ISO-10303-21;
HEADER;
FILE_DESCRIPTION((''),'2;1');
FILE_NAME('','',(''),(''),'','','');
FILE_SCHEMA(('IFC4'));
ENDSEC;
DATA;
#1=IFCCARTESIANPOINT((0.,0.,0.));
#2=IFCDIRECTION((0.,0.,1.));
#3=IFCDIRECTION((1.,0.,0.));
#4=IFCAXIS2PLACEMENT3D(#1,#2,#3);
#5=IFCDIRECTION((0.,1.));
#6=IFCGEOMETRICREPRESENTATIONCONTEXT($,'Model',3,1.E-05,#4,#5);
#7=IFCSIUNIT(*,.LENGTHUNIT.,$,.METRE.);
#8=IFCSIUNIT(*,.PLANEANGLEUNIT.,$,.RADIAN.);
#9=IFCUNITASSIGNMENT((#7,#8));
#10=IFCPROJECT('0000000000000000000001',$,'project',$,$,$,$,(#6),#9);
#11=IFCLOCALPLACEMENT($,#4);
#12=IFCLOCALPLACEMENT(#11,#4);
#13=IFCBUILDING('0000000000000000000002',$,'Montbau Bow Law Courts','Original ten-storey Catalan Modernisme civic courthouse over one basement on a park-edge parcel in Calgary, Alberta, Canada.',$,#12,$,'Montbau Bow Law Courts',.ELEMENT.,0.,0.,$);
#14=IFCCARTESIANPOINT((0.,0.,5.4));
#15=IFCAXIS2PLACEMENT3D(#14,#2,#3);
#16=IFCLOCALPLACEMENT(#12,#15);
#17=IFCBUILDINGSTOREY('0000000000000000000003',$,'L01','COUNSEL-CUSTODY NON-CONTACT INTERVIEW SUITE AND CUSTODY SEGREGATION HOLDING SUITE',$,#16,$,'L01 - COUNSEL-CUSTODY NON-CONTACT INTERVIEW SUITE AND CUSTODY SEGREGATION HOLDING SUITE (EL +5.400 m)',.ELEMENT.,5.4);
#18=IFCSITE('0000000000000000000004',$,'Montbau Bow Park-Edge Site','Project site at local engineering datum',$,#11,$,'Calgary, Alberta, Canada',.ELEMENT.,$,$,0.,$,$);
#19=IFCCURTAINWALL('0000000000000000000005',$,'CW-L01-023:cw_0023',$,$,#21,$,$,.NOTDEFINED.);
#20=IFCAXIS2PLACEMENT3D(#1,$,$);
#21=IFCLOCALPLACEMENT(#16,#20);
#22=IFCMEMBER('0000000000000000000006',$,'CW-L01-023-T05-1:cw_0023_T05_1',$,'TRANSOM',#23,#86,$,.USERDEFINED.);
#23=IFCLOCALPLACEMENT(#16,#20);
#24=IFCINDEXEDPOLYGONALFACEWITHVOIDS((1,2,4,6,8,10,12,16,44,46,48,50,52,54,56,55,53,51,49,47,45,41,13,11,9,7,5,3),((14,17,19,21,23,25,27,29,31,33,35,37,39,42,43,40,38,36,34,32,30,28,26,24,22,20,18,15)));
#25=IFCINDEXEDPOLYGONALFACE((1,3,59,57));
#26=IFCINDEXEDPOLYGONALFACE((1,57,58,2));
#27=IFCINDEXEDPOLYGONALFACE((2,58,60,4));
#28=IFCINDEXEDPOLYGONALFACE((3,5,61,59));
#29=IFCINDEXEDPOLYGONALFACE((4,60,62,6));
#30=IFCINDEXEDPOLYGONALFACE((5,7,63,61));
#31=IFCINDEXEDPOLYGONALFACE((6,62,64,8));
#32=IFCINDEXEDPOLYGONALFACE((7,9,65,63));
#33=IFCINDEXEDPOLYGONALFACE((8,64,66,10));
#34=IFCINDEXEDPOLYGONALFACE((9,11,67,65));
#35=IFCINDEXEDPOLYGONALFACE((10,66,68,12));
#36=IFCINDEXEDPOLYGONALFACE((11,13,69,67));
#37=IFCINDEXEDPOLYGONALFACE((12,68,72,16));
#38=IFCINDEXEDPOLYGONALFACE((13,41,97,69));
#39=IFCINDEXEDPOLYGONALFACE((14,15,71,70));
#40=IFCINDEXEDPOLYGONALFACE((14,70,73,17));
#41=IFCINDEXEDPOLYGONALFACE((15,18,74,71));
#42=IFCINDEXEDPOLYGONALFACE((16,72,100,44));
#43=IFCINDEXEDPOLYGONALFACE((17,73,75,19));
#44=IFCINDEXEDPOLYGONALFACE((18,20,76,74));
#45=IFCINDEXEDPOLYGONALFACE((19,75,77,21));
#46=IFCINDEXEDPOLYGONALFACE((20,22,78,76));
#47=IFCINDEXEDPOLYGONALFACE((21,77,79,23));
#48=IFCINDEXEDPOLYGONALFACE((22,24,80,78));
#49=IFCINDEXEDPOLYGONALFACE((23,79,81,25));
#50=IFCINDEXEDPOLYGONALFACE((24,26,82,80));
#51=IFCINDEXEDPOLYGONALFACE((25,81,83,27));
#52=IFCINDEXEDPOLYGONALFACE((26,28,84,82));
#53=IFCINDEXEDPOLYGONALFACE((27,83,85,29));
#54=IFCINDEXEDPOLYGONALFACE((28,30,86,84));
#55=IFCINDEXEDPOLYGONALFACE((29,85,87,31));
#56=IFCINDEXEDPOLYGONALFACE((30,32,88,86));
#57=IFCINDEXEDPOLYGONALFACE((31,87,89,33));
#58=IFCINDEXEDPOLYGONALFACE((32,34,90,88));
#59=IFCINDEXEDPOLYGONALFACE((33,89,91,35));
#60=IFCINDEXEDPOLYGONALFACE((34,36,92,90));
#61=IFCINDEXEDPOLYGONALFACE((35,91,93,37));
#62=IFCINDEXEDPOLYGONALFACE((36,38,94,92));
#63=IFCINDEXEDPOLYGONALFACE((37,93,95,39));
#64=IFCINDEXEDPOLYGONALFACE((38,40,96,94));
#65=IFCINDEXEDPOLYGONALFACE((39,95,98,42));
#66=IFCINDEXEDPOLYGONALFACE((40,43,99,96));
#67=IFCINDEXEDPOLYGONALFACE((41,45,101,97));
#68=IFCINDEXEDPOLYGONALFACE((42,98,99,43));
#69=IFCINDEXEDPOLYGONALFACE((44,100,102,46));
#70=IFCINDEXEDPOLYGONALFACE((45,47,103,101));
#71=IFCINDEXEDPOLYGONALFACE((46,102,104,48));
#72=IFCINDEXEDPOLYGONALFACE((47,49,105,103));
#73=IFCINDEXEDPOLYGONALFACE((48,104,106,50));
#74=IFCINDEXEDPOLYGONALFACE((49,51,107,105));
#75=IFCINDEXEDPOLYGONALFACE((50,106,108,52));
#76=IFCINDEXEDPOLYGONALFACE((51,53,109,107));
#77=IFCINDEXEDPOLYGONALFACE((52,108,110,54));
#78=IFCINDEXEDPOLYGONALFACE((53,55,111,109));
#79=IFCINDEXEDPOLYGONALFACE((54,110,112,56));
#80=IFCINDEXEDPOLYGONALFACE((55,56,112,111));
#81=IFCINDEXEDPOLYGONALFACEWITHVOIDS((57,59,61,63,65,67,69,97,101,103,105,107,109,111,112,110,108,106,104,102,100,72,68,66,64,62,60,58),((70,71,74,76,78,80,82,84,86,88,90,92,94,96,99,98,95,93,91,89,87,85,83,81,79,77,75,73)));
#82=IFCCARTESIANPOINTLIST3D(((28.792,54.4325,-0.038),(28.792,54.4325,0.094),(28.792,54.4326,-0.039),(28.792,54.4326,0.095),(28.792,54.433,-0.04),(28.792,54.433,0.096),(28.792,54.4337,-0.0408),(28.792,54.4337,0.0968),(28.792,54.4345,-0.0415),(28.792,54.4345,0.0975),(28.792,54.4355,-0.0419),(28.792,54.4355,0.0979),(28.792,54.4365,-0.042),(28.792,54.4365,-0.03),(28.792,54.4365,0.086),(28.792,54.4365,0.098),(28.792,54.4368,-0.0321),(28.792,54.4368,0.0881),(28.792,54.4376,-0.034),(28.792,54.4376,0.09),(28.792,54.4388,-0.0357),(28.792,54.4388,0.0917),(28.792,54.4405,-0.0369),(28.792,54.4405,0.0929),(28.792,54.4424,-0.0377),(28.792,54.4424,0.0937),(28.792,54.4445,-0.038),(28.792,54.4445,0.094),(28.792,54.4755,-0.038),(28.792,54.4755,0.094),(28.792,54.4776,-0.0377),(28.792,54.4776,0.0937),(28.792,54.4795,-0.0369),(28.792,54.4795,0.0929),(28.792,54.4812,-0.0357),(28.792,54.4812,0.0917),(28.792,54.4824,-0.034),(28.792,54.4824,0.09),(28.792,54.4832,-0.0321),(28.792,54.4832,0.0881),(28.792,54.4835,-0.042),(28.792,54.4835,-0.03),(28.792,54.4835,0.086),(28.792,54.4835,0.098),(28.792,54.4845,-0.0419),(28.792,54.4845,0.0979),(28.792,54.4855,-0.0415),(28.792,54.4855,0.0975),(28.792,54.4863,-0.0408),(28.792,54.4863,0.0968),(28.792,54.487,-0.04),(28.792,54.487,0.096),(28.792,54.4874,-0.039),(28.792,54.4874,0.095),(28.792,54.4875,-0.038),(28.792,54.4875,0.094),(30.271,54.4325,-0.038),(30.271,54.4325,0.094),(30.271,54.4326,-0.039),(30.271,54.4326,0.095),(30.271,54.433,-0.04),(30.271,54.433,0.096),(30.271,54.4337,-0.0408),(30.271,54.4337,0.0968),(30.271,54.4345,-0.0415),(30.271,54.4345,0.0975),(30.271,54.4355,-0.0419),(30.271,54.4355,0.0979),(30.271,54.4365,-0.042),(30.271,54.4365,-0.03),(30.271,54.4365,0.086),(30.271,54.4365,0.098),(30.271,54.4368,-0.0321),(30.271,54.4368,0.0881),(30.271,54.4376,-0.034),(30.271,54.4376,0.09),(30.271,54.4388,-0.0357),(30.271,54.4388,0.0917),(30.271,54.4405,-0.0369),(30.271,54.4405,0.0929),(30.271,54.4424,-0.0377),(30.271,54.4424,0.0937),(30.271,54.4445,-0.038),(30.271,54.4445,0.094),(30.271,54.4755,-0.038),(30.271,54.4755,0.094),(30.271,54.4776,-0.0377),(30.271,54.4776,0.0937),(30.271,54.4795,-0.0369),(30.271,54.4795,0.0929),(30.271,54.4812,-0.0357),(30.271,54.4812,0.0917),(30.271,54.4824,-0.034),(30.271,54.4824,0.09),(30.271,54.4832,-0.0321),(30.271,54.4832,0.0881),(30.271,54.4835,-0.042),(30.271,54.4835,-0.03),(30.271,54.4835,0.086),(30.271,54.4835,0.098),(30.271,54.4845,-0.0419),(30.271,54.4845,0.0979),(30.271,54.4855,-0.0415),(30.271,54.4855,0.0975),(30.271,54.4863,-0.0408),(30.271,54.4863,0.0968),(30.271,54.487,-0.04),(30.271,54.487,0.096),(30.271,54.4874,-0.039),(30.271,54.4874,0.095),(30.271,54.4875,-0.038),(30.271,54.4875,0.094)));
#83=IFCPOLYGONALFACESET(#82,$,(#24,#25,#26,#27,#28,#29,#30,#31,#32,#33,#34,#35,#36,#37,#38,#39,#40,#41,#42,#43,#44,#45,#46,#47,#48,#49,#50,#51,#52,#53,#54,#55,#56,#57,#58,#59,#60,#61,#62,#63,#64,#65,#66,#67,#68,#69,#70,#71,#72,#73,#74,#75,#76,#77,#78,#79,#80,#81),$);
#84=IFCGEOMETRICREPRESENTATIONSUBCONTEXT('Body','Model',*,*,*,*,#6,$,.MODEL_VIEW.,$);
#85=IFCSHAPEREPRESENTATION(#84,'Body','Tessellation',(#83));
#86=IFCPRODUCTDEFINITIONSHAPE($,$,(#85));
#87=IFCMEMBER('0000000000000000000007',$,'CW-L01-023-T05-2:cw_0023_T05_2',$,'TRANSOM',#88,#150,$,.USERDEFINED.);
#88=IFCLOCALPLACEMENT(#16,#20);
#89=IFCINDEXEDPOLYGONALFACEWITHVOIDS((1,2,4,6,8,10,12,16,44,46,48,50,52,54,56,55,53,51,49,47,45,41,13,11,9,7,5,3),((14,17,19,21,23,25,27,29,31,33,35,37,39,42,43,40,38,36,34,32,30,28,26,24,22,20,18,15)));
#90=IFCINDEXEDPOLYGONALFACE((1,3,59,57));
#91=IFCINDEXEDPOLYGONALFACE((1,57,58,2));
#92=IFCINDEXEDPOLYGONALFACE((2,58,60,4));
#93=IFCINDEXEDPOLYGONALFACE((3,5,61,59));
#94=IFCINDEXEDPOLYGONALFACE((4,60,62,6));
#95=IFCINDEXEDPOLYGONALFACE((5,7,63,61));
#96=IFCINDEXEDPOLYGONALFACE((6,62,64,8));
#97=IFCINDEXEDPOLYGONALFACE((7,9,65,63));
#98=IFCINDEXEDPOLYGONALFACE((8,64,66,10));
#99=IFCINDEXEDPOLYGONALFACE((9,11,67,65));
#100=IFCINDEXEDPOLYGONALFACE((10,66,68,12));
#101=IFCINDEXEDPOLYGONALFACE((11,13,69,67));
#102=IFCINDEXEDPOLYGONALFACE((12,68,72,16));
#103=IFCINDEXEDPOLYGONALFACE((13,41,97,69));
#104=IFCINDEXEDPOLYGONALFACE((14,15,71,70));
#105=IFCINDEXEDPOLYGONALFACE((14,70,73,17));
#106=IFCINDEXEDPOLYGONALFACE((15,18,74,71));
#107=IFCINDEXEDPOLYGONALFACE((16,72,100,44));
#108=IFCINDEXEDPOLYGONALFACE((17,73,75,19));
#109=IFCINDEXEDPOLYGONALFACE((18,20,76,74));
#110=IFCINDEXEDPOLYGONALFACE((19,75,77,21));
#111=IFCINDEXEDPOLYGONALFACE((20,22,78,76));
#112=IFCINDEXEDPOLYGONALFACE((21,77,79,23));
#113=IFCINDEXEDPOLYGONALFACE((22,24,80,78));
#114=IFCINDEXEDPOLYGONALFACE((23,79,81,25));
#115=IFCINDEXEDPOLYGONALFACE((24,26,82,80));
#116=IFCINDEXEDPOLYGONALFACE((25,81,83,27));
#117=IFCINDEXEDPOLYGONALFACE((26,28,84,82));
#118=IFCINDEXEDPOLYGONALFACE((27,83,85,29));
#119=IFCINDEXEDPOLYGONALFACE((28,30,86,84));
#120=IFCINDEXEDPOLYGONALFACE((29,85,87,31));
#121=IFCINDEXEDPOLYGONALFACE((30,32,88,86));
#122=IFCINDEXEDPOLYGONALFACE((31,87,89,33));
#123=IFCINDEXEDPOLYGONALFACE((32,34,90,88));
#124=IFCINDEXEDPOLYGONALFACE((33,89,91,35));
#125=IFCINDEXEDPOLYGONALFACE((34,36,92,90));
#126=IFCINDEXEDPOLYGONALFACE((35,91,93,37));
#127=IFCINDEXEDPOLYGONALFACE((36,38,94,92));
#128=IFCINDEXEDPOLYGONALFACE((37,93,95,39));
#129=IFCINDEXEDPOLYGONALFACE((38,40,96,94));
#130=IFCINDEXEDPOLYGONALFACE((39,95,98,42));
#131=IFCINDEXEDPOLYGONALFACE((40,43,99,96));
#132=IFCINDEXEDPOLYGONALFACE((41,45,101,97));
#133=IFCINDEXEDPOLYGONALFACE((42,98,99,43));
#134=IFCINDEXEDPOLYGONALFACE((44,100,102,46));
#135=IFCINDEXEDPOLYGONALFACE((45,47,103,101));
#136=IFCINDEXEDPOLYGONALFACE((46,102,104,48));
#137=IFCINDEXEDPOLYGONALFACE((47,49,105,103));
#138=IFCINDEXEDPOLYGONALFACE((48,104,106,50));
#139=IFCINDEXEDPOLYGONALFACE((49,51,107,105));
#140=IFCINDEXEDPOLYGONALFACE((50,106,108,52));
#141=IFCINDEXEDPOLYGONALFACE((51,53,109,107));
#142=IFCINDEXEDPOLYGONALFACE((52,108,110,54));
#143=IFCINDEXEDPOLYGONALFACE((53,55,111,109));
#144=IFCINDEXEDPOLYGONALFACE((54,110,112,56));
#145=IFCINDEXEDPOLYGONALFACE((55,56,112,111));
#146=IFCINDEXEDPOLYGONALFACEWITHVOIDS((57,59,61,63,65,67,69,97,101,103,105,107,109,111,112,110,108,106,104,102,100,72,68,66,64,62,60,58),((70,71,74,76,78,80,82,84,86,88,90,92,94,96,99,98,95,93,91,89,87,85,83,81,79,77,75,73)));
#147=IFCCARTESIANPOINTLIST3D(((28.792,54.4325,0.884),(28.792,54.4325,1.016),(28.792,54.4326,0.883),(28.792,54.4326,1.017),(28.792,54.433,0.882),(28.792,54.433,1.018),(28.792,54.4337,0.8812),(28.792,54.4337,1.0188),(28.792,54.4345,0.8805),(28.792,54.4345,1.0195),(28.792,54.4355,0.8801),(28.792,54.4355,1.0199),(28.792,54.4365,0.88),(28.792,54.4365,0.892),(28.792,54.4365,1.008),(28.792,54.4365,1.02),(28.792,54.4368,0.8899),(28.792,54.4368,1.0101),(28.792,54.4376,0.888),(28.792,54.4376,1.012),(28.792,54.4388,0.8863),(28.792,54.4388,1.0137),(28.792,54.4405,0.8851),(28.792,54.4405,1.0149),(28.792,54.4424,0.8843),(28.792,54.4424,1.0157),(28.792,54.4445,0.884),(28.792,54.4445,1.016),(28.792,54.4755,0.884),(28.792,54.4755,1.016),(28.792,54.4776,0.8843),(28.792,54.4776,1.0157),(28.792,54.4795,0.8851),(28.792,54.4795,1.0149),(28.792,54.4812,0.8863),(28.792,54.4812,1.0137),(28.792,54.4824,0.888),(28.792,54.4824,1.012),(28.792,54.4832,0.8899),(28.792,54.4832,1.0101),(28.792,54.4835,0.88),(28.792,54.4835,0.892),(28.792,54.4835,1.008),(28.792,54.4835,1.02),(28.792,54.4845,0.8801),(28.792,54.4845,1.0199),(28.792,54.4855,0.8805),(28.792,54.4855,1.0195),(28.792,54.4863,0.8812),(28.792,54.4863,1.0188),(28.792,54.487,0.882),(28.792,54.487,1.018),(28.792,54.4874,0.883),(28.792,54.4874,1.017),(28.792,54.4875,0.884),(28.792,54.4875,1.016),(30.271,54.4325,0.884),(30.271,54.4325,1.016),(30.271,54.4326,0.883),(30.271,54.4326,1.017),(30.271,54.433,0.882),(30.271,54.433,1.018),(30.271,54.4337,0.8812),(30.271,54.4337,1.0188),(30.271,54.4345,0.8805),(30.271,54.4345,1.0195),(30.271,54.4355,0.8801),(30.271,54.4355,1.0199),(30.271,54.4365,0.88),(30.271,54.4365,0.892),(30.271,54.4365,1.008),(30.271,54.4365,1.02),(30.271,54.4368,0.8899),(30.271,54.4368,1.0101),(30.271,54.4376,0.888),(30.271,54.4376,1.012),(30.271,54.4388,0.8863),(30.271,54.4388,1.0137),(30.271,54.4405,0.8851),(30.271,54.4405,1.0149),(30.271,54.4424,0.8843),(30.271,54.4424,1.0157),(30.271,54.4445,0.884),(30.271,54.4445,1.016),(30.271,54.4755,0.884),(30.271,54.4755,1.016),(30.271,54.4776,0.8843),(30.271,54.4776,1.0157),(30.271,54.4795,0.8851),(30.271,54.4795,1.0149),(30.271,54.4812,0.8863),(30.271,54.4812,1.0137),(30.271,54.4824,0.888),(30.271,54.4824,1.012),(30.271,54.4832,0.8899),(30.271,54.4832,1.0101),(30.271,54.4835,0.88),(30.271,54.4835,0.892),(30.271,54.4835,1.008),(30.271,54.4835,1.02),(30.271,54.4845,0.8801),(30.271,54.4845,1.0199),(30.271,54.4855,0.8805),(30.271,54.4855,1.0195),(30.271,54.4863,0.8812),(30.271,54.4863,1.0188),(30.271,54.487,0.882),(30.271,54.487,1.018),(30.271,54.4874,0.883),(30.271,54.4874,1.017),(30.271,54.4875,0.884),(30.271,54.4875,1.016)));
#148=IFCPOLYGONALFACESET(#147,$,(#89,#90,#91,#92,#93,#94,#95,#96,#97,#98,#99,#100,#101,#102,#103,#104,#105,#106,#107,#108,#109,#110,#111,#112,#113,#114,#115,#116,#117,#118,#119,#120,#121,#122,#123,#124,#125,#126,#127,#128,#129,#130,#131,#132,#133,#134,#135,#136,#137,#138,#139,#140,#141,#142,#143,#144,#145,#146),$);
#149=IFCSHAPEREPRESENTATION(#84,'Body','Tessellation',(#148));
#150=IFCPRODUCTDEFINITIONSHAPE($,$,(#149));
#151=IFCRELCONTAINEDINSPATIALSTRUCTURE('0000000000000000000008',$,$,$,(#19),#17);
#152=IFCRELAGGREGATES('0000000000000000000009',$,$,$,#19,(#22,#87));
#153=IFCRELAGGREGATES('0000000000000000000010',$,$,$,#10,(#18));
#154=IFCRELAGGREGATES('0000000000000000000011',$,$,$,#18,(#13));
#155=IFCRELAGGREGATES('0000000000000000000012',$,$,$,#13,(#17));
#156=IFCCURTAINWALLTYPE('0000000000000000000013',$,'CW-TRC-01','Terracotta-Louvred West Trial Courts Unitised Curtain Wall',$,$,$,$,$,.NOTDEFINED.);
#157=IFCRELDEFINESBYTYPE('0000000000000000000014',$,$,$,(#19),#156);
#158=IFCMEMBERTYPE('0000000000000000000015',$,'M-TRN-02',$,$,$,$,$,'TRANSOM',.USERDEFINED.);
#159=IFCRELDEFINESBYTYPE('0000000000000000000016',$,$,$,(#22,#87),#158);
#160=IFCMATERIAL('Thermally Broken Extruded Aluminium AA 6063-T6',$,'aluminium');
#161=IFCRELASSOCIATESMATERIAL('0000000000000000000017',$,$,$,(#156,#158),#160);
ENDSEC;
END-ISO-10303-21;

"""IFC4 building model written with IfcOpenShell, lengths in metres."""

from ifc_helpers import new_model, si_unit, direction, frame, origin_with_axes, origin_2d_with_axis, place, context, subcontext, project, spatial, hollow_rectangle, extrude, material, material_profile, profile_set, type_object, element, aggregate, save


model = new_model("IFC4")

# Units and contexts
model_context = context("Model", 3, precision=1e-05, world=origin_with_axes(), true_north=direction((0.0, 1.0)))
body_context = subcontext(model_context, "Body", "Model", "MODEL_VIEW")
ifc_project = project(units=[si_unit("LENGTHUNIT", "METRE"), si_unit("PLANEANGLEUNIT", "RADIAN")], contexts=[model_context])

# Site, building, storey
site_placement = place(None, origin_with_axes())
site = spatial("IfcSite", under=ifc_project, at=site_placement, Name="Montbau Bow Park-Edge Site", Description="Project site at local engineering datum", LongName="Calgary, Alberta, Canada", CompositionType="ELEMENT", RefElevation=0.0)
building_placement = place(site_placement, origin_with_axes())
building = spatial("IfcBuilding", under=site, at=building_placement, Name="Montbau Bow Law Courts", Description="Original ten-storey Catalan Modernisme civic courthouse over one basement on a park-edge parcel in Calgary, Alberta, Canada.", LongName="Montbau Bow Law Courts", CompositionType="ELEMENT", ElevationOfRefHeight=0.0, ElevationOfTerrain=0.0)
storey_placement = place(building_placement, frame((0.0, 0.0, 5.4), z_axis=(0.0, 0.0, 1.0), x_axis=(1.0, 0.0, 0.0)))
storey = spatial("IfcBuildingStorey", under=building, at=storey_placement, Name="L01", Description="COUNSEL-CUSTODY NON-CONTACT INTERVIEW SUITE AND CUSTODY SEGREGATION HOLDING SUITE", LongName="L01 - COUNSEL-CUSTODY NON-CONTACT INTERVIEW SUITE AND CUSTODY SEGREGATION HOLDING SUITE (EL +5.400 m)", CompositionType="ELEMENT", Elevation=5.4)

# Curtain wall
ifc_material_1 = material(Name="Thermally Broken Extruded Aluminium AA 6063-T6", Category="aluminium")
curtain_wall_type = type_object("IfcCurtainWallType", Name="CW-TRC-01", Description="Terracotta-Louvred West Trial Courts Unitised Curtain Wall", PredefinedType="NOTDEFINED", material=ifc_material_1)
curtain_wall_1_placement = place(None, frame((22.467, 54.46, 5.4), z_axis=(0.0, 0.0, 1.0), x_axis=(1.0, 0.0, 0.0)))
curtain_wall_1 = element("IfcCurtainWall", 1, at=curtain_wall_1_placement, inside=storey, type_object=curtain_wall_type, Name="CW-L01-023:cw_0023", PredefinedType="NOTDEFINED")

# Members
ifc_material_profile_1 = material_profile(ifc_material_1, hollow_rectangle(XDim=0.055, YDim=0.14, WallThickness=0.004, InnerFilletRadius=0.008, OuterFilletRadius=0.004, at=origin_2d_with_axis()), Name="CWT-140X55", Category="Main", Priority=0)
ifc_profile_set_1 = profile_set([ifc_material_profile_1], Name="Thermally Broken Extruded Aluminium AA 6063-T6")
member_type_1 = type_object("IfcMemberType", Name="M-TRN-02", ElementType="TRANSOM", PredefinedType="USERDEFINED", material=ifc_profile_set_1)
member_1_placement = place(None, frame((28.792, 54.46, 5.428), z_axis=(1.0, 0.0, 0.0), x_axis=(0.0, 1.0, 0.0)))
member_1 = element("IfcMember", 2, at=member_1_placement, type_object=member_type_1, Name="CW-L01-023-T05-1:cw_0023_T05_1", ObjectType="TRANSOM", PredefinedType="USERDEFINED", context=body_context, shape_type="SweptSolid", body=[
    extrude(hollow_rectangle(XDim=0.055, YDim=0.14, WallThickness=0.004, InnerFilletRadius=0.008, OuterFilletRadius=0.004, at=origin_2d_with_axis()), origin_with_axes(), (0.0, 0.0, 1.0), 1.479),
])
member_2_placement = place(None, frame((28.792, 54.46, 6.35), z_axis=(1.0, 0.0, 0.0), x_axis=(0.0, 1.0, 0.0)))
member_2 = element("IfcMember", 3, at=member_2_placement, type_object=member_type_1, Name="CW-L01-023-T05-2:cw_0023_T05_2", ObjectType="TRANSOM", PredefinedType="USERDEFINED", context=body_context, shape_type="SweptSolid", body=[
    extrude(hollow_rectangle(XDim=0.055, YDim=0.14, WallThickness=0.004, InnerFilletRadius=0.008, OuterFilletRadius=0.004, at=origin_2d_with_axis()), origin_with_axes(), (0.0, 0.0, 1.0), 1.479),
])

aggregate(curtain_wall_1, [member_1, member_2])

save(model, "model.ifc")
